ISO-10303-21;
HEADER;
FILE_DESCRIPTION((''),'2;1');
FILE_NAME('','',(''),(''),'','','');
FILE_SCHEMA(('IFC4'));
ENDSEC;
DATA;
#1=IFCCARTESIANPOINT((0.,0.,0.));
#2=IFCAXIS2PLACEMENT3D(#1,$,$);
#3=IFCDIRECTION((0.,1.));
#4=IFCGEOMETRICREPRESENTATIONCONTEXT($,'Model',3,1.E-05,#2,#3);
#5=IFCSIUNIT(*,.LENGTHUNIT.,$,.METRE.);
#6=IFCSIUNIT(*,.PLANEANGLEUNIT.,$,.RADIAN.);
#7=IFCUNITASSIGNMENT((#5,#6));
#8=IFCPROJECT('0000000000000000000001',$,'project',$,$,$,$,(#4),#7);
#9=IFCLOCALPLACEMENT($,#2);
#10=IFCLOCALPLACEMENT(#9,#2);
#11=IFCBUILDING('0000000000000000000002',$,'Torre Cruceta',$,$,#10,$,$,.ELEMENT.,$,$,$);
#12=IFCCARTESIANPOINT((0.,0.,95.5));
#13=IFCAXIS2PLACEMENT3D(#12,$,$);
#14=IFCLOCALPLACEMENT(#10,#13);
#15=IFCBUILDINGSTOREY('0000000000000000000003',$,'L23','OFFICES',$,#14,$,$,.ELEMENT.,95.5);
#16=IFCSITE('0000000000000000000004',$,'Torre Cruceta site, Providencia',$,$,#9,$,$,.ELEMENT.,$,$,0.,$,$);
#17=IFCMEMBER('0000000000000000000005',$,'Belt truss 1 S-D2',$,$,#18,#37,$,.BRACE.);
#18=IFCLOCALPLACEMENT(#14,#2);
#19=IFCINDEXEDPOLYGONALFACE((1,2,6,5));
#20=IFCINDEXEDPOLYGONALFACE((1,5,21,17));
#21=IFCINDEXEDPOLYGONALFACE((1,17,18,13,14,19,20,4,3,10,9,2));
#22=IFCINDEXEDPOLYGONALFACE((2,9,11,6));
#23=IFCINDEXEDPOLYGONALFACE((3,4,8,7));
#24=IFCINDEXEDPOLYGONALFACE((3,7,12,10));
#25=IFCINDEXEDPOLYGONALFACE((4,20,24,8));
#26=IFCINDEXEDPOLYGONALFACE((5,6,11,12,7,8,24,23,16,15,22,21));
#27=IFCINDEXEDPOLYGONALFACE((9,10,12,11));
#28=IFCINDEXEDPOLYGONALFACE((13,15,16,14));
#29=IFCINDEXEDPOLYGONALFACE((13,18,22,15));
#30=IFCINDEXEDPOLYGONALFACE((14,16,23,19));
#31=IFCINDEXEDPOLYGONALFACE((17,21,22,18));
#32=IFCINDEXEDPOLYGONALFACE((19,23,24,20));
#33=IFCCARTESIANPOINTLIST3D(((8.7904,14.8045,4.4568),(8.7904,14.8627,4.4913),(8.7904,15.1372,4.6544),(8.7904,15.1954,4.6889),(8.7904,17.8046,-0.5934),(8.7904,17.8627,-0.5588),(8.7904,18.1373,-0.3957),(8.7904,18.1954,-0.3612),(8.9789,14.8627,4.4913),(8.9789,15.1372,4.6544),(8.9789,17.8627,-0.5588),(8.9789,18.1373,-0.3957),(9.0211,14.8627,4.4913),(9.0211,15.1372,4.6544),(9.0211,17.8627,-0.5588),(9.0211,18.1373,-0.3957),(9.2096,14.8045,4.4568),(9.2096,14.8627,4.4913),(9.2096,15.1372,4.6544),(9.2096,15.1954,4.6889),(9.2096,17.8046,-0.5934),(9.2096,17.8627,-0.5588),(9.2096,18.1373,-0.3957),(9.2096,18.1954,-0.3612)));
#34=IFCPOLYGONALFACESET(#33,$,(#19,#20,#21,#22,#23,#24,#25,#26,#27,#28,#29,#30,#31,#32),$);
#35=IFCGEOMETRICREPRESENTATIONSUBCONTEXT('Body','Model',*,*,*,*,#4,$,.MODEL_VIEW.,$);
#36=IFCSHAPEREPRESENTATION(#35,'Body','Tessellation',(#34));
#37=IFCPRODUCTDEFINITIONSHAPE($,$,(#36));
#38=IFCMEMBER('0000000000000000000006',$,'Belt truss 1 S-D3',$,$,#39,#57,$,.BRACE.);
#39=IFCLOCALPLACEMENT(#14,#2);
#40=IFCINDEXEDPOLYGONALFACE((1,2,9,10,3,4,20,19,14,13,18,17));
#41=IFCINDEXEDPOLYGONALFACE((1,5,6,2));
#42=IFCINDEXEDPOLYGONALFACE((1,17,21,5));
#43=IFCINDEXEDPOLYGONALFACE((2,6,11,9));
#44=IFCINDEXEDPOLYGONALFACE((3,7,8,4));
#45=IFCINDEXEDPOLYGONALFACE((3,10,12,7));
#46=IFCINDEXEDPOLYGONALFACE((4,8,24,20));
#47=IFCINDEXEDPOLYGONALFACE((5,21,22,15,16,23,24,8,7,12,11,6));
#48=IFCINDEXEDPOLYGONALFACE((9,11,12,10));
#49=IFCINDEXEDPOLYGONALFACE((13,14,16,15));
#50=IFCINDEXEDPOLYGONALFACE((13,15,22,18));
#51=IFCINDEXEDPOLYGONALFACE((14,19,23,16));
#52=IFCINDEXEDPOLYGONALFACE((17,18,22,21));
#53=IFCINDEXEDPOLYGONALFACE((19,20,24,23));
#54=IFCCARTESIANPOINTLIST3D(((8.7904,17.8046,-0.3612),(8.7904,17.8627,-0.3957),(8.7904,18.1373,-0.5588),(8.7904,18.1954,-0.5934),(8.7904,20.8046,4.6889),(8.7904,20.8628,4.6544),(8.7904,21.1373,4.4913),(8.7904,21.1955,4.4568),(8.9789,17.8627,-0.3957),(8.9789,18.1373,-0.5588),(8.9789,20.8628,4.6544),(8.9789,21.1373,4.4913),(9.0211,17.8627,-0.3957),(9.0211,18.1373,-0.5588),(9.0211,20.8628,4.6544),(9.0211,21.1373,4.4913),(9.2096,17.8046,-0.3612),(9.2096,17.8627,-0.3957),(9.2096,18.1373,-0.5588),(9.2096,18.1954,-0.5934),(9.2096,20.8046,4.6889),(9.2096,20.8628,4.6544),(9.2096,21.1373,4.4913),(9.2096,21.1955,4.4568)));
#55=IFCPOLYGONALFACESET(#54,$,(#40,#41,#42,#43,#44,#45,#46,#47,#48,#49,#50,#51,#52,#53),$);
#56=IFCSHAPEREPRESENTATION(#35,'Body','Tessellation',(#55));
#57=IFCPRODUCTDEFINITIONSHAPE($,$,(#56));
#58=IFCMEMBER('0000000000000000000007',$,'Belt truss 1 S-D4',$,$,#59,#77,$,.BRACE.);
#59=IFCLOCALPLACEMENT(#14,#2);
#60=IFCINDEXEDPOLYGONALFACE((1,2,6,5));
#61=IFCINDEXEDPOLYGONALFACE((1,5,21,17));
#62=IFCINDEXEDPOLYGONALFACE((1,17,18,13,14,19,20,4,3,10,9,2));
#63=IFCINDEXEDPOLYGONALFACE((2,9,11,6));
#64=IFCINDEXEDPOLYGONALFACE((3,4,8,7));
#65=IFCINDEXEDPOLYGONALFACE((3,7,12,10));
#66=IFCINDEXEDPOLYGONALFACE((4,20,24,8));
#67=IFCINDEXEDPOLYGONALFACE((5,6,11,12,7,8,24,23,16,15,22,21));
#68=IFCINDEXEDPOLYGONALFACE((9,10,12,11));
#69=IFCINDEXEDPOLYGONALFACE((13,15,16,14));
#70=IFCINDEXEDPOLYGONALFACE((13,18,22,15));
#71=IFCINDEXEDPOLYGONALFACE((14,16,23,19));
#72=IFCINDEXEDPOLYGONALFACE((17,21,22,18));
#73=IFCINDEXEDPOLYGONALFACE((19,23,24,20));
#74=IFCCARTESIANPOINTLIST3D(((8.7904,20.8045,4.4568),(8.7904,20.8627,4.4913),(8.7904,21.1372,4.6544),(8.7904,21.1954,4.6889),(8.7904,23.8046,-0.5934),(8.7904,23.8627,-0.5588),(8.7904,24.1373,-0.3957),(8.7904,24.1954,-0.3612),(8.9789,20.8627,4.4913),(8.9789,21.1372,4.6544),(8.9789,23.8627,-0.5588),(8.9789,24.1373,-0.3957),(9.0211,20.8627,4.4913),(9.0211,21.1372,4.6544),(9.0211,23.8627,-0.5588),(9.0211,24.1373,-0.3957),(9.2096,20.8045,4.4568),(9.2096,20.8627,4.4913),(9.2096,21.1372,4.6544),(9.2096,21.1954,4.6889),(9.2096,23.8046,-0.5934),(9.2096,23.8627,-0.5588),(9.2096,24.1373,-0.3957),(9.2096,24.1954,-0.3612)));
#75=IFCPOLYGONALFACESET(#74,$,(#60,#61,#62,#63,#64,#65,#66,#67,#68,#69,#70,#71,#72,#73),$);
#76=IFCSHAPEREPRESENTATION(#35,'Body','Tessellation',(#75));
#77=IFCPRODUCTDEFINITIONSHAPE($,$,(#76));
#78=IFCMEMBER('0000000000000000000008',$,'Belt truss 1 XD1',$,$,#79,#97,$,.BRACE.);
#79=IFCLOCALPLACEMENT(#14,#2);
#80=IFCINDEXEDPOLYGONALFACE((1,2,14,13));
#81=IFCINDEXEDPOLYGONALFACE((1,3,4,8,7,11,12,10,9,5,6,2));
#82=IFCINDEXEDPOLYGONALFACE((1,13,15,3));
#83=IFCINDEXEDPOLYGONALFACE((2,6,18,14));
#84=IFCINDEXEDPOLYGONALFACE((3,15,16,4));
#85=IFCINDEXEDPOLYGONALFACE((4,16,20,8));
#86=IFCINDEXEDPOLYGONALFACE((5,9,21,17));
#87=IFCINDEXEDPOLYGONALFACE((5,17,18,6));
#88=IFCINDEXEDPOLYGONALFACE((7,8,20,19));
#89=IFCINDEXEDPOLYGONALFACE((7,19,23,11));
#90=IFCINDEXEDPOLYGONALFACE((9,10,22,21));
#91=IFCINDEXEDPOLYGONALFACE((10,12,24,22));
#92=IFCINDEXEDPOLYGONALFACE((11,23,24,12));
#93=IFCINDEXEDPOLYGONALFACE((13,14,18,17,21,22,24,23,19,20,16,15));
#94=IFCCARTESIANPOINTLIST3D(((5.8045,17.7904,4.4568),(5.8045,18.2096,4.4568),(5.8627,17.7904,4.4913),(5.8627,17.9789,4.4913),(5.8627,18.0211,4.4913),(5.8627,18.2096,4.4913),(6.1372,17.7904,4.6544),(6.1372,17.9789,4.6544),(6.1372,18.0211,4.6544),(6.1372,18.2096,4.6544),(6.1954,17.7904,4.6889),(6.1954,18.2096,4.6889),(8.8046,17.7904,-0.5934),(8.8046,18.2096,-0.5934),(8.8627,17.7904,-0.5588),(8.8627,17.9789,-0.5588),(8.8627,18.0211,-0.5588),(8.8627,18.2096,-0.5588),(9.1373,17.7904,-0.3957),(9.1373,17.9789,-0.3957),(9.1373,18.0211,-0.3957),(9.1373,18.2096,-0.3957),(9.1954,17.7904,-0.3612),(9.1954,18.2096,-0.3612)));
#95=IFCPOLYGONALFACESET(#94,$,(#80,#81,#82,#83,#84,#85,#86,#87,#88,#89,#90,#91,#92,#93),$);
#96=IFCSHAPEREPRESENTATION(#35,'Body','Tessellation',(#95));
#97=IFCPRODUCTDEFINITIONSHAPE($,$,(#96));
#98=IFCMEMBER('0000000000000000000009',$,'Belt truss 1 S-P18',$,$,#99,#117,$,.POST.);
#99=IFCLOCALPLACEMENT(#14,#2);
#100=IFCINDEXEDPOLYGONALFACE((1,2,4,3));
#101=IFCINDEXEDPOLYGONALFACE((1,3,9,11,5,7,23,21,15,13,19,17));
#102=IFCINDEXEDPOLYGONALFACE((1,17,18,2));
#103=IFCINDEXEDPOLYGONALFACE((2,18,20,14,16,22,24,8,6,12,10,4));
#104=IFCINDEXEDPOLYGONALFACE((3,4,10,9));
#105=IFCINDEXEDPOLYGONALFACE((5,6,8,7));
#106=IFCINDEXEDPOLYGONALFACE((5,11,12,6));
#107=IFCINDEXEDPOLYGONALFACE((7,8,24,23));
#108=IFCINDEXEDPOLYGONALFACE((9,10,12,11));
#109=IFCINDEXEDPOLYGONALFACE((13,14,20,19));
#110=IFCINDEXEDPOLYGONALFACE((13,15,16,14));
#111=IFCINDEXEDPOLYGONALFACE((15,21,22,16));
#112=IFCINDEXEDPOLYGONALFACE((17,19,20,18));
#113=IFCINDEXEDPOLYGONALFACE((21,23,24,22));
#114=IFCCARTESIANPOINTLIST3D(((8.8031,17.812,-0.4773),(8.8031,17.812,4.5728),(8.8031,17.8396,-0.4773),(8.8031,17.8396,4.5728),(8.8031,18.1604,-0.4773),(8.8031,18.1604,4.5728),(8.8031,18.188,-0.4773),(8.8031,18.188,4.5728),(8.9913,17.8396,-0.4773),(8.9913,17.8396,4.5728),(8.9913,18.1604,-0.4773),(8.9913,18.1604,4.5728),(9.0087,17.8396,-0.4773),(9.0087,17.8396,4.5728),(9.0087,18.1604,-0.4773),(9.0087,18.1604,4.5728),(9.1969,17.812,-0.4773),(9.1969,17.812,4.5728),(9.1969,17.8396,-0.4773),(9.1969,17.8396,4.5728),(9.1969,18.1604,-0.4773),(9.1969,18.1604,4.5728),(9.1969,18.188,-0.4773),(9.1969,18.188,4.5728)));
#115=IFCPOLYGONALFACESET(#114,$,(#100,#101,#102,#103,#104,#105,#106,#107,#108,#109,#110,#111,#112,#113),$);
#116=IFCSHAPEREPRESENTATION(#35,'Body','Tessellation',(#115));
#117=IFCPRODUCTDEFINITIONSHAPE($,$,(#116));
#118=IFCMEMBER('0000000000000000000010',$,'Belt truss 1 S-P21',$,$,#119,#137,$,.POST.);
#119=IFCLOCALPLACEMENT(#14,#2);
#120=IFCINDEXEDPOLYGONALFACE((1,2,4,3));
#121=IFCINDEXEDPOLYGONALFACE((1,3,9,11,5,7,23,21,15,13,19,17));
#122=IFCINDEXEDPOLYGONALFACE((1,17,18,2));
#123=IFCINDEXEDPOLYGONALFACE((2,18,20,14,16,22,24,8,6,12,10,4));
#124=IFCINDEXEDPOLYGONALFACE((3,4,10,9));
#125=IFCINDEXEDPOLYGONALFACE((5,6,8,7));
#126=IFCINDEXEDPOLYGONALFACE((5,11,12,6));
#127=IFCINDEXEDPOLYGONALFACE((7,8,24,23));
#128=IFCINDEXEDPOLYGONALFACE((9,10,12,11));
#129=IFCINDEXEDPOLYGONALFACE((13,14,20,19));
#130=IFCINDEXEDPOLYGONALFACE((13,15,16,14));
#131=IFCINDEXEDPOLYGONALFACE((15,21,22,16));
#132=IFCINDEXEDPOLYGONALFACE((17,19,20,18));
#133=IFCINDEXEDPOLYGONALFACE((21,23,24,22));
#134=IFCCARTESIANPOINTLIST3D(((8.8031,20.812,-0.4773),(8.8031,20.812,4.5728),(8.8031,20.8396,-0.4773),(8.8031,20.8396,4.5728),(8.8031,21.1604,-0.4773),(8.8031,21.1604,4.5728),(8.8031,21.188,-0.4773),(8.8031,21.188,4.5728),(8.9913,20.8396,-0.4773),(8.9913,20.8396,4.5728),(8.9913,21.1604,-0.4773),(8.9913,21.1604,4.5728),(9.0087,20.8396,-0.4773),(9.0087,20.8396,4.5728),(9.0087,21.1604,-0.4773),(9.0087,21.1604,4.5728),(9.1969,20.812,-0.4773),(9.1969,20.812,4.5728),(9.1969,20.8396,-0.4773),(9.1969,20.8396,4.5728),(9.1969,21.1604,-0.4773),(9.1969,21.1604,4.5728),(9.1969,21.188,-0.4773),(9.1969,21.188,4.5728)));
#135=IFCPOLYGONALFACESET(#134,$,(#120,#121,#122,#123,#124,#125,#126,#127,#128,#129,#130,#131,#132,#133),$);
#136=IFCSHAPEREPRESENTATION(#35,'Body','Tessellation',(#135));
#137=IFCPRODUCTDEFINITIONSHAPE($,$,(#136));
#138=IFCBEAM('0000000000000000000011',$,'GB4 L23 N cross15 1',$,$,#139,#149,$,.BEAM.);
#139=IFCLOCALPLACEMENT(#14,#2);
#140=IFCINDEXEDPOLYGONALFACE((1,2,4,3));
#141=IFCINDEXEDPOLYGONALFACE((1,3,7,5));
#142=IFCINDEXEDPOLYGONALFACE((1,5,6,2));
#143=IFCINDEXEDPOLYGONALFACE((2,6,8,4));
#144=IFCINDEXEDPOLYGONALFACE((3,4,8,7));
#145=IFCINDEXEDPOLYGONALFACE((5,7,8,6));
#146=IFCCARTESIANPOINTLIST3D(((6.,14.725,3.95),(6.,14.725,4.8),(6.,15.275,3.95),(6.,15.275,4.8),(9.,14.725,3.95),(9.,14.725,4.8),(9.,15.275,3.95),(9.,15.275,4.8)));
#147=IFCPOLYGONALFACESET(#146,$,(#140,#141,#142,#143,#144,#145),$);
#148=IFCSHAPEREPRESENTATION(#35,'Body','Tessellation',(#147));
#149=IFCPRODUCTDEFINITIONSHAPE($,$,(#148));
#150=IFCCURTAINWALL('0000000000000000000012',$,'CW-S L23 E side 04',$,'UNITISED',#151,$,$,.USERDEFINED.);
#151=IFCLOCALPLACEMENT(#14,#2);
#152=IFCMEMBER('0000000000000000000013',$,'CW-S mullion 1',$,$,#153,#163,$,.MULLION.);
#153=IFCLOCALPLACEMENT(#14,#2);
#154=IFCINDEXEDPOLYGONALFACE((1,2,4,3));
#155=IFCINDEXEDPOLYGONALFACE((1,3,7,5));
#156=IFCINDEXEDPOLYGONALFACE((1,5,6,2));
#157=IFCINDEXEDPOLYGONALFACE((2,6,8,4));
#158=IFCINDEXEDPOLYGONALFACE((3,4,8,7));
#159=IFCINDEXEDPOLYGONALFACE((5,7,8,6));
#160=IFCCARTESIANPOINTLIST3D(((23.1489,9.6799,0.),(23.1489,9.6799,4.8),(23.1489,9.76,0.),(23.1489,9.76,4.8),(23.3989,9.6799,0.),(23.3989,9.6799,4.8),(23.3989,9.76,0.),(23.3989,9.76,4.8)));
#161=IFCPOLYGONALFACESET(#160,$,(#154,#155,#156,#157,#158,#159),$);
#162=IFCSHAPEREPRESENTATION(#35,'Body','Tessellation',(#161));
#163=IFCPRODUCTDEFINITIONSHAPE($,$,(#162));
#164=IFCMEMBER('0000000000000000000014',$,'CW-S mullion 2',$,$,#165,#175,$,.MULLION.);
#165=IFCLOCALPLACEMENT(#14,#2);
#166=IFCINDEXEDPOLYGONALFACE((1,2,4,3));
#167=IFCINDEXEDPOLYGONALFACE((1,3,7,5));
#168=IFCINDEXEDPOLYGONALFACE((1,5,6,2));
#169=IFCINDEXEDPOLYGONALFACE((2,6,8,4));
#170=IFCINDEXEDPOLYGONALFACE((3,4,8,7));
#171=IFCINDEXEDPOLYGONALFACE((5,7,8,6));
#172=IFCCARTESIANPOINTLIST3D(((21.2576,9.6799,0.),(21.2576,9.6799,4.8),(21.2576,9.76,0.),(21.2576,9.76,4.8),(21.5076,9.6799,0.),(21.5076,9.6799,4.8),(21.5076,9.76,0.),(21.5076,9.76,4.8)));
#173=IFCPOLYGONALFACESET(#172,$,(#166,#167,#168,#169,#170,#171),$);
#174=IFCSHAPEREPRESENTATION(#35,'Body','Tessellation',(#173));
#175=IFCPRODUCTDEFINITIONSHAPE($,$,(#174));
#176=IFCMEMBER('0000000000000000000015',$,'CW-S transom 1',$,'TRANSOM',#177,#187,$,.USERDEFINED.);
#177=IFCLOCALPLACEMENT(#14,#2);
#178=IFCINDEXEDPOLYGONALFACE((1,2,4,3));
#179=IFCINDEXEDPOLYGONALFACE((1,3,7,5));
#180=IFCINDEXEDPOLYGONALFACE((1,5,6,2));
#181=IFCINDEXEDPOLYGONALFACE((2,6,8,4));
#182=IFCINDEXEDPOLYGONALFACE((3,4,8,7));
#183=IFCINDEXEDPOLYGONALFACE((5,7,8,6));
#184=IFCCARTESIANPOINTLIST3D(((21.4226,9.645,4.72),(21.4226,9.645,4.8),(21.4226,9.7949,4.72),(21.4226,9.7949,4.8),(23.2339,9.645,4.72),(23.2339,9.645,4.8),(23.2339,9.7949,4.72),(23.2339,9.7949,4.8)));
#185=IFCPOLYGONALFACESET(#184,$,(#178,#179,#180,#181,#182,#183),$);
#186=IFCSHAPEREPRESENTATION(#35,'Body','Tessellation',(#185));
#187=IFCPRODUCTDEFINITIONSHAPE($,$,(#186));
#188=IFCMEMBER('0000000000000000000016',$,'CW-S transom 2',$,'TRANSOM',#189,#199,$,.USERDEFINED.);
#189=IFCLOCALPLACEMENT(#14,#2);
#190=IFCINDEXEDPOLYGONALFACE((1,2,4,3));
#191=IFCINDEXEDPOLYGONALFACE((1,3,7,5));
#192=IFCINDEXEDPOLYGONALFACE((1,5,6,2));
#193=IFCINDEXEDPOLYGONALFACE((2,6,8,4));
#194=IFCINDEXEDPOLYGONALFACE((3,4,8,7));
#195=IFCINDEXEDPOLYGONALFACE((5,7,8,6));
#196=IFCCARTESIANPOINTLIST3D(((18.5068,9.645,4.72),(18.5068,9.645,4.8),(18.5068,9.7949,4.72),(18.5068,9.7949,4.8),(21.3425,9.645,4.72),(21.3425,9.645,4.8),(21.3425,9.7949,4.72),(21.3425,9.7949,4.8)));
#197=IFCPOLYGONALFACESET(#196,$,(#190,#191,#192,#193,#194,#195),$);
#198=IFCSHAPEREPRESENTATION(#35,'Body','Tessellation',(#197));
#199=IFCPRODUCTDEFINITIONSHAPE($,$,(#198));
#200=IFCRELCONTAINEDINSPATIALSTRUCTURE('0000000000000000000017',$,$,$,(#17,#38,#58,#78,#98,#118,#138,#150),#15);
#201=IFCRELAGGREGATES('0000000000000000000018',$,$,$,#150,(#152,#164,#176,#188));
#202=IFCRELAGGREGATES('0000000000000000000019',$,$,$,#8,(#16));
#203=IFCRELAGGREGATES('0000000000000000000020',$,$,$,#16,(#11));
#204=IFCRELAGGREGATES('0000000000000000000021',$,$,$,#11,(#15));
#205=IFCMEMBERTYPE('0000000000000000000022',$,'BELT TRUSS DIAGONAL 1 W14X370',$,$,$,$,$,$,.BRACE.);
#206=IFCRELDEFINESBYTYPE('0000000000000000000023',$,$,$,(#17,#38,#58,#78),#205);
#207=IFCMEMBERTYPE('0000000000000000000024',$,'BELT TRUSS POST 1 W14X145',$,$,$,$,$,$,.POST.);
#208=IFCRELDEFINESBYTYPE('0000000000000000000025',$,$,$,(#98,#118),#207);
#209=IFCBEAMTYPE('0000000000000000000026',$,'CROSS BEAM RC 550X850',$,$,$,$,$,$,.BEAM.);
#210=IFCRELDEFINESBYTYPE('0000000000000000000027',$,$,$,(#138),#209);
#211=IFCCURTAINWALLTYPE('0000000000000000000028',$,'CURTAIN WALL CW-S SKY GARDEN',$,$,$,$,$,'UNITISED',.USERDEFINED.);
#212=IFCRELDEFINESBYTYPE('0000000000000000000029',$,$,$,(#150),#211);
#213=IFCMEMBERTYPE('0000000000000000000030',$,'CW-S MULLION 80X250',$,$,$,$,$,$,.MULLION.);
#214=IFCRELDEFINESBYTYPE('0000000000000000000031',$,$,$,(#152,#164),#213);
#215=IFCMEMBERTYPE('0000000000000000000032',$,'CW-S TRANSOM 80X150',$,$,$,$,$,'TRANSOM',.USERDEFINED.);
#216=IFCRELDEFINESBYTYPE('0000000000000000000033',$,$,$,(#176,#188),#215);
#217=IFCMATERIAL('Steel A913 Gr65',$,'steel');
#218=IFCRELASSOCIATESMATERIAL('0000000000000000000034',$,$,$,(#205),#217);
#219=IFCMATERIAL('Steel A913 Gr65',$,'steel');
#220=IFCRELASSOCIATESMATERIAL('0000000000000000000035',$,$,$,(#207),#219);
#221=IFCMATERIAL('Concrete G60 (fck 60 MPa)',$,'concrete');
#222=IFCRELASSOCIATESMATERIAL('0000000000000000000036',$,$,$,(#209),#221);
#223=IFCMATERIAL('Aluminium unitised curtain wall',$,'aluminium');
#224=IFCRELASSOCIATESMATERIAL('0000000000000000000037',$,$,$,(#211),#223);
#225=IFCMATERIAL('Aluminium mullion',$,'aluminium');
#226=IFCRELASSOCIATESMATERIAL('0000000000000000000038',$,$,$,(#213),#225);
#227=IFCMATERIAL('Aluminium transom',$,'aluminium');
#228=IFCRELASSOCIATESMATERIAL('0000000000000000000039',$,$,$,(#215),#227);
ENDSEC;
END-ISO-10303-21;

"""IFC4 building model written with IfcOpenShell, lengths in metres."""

from ifc_helpers import new_model, si_unit, direction, frame, origin, origin_2d, place, context, subcontext, project, spatial, rectangle, i_section, extrude, material, material_profile, profile_set, type_object, element, aggregate, save


model = new_model("IFC4")

# Units and contexts
model_context = context("Model", 3, precision=1e-05, world=origin(), true_north=direction((0.0, 1.0)))
body_context = subcontext(model_context, "Body", "Model", "MODEL_VIEW")
ifc_project = project(units=[si_unit("LENGTHUNIT", "METRE"), si_unit("PLANEANGLEUNIT", "RADIAN")], contexts=[model_context])

# Site, building, storey
site_placement = place(None, origin())
site = spatial("IfcSite", under=ifc_project, at=site_placement, Name="Torre Cruceta site, Providencia", CompositionType="ELEMENT", RefElevation=0.0)
building_placement = place(site_placement, origin())
building = spatial("IfcBuilding", under=site, at=building_placement, Name="Torre Cruceta", CompositionType="ELEMENT")
storey_placement = place(building_placement, frame((0.0, 0.0, 95.5)))
storey = spatial("IfcBuildingStorey", under=building, at=storey_placement, Name="L23", Description="OFFICES", CompositionType="ELEMENT", Elevation=95.5)

# Members
ifc_material_1 = material(Name="Steel A913 Gr65", Category="steel")
ifc_material_profile_1 = material_profile(ifc_material_1, i_section(OverallWidth=0.4192, OverallDepth=0.4546, WebThickness=0.0422, FlangeThickness=0.0676, at=origin_2d()), Name="W14X370")
ifc_profile_set_1 = profile_set([ifc_material_profile_1], Name="Steel A913 Gr65")
member_type_1 = type_object("IfcMemberType", Name="BELT TRUSS DIAGONAL 1 W14X370", PredefinedType="BRACE", material=ifc_profile_set_1)
for number, where, z_axis, x_axis, name in (
    (1, (9.0, 18.0, -0.4773), (0.0, -0.510732, 0.85974), (1.0, 0.0, 0.0), "Belt truss 1 S-D2"),
    (2, (9.0, 18.0, -0.4773), (0.0, 0.510732, 0.85974), (-1.0, 0.0, 0.0), "Belt truss 1 S-D3"),
    (3, (9.0, 24.0, -0.4773), (0.0, -0.510732, 0.85974), (1.0, 0.0, 0.0), "Belt truss 1 S-D4"),
    (4, (9.0, 18.0, -0.4773), (-0.510732, 0.0, 0.85974), (0.0, -1.0, 0.0), "Belt truss 1 XD1"),
):
    element("IfcMember", number, at=place(storey_placement, frame(where, z_axis=z_axis, x_axis=x_axis)), inside=storey, type_object=member_type_1, Name=name, PredefinedType="BRACE", context=body_context, shape_type="SweptSolid", body=[
        extrude(i_section(OverallWidth=0.4192, OverallDepth=0.4546, WebThickness=0.0422, FlangeThickness=0.0676, at=origin_2d()), origin(), (0.0, 0.0, 1.0), 5.874),
    ])
ifc_material_2 = material(Name="Steel A913 Gr65", Category="steel")
ifc_material_profile_2 = material_profile(ifc_material_2, i_section(OverallWidth=0.3938, OverallDepth=0.376, WebThickness=0.0173, FlangeThickness=0.0276, at=origin_2d()), Name="W14X145")
ifc_profile_set_2 = profile_set([ifc_material_profile_2], Name="Steel A913 Gr65")
member_type_2 = type_object("IfcMemberType", Name="BELT TRUSS POST 1 W14X145", PredefinedType="POST", material=ifc_profile_set_2)
for number, where, z_axis, x_axis, name in (
    (5, (9.0, 18.0, -0.4773), (0.0, 0.0, 1.0), (1.0, 0.0, 0.0), "Belt truss 1 S-P18"),
    (6, (9.0, 21.0, -0.4773), (0.0, 0.0, 1.0), (1.0, 0.0, 0.0), "Belt truss 1 S-P21"),
):
    element("IfcMember", number, at=place(storey_placement, frame(where, z_axis=z_axis, x_axis=x_axis)), inside=storey, type_object=member_type_2, Name=name, PredefinedType="POST", context=body_context, shape_type="SweptSolid", body=[
        extrude(i_section(OverallWidth=0.3938, OverallDepth=0.376, WebThickness=0.0173, FlangeThickness=0.0276, at=origin_2d()), origin(), (0.0, 0.0, 1.0), 5.05),
    ])

# Beam
ifc_material_3 = material(Name="Concrete G60 (fck 60 MPa)", Category="concrete")
ifc_material_profile_3 = material_profile(ifc_material_3, rectangle(XDim=0.55, YDim=0.8501, at=origin_2d()), Name="RC 550X850")
ifc_profile_set_3 = profile_set([ifc_material_profile_3], Name="Concrete G60 (fck 60 MPa)")
beam_type_1 = type_object("IfcBeamType", Name="CROSS BEAM RC 550X850", PredefinedType="BEAM", material=ifc_profile_set_3)
beam_1_placement = place(storey_placement, frame((9.0, 15.0, 4.375), z_axis=(-1.0, 0.0, 0.0), x_axis=(0.0, -1.0, 0.0)))
element("IfcBeam", 7, at=beam_1_placement, inside=storey, type_object=beam_type_1, Name="GB4 L23 N cross15 1", PredefinedType="BEAM", context=body_context, shape_type="SweptSolid", body=[
    extrude(rectangle(XDim=0.55, YDim=0.8501, at=origin_2d()), origin(), (0.0, 0.0, 1.0), 3.0),
])

# Curtain wall, members
ifc_material_4 = material(Name="Aluminium unitised curtain wall", Category="aluminium")
curtain_wall_type = type_object("IfcCurtainWallType", Name="CURTAIN WALL CW-S SKY GARDEN", ElementType="UNITISED", PredefinedType="USERDEFINED", material=ifc_material_4)
curtain_wall_placement = place(storey_placement, origin())
curtain_wall = element("IfcCurtainWall", 8, at=curtain_wall_placement, inside=storey, type_object=curtain_wall_type, Name="CW-S L23 E side 04", ObjectType="UNITISED", PredefinedType="USERDEFINED")
ifc_material_5 = material(Name="Aluminium mullion", Category="aluminium")
ifc_material_profile_4 = material_profile(ifc_material_5, rectangle(XDim=0.0801, YDim=0.25, at=origin_2d()), Name="AL 80X250")
ifc_profile_set_4 = profile_set([ifc_material_profile_4], Name="Aluminium mullion")
member_type_3 = type_object("IfcMemberType", Name="CW-S MULLION 80X250", PredefinedType="MULLION", material=ifc_profile_set_4)
member_1_placement = place(storey_placement, frame((23.2739, 9.72, 0.0), z_axis=(0.0, 0.0, 1.0), x_axis=(0.0, -1.0, 0.0)))
member_1 = element("IfcMember", 9, at=member_1_placement, type_object=member_type_3, Name="CW-S mullion 1", PredefinedType="MULLION", context=body_context, shape_type="SweptSolid", body=[
    extrude(rectangle(XDim=0.0801, YDim=0.25, at=origin_2d()), origin(), (0.0, 0.0, 1.0), 4.8),
])
member_2_placement = place(storey_placement, frame((21.3826, 9.72, 0.0), z_axis=(0.0, 0.0, 1.0), x_axis=(0.0, -1.0, 0.0)))
member_2 = element("IfcMember", 10, at=member_2_placement, type_object=member_type_3, Name="CW-S mullion 2", PredefinedType="MULLION", context=body_context, shape_type="SweptSolid", body=[
    extrude(rectangle(XDim=0.0801, YDim=0.25, at=origin_2d()), origin(), (0.0, 0.0, 1.0), 4.8),
])
ifc_material_6 = material(Name="Aluminium transom", Category="aluminium")
ifc_material_profile_5 = material_profile(ifc_material_6, rectangle(XDim=0.1499, YDim=0.0801, at=origin_2d()), Name="AL 150X80")
ifc_profile_set_5 = profile_set([ifc_material_profile_5], Name="Aluminium transom")
member_type_4 = type_object("IfcMemberType", Name="CW-S TRANSOM 80X150", ElementType="TRANSOM", PredefinedType="USERDEFINED", material=ifc_profile_set_5)
member_3_placement = place(storey_placement, frame((23.2339, 9.72, 4.76), z_axis=(-1.0, 0.0, 0.0), x_axis=(0.0, -1.0, 0.0)))
member_3 = element("IfcMember", 11, at=member_3_placement, type_object=member_type_4, Name="CW-S transom 1", ObjectType="TRANSOM", PredefinedType="USERDEFINED", context=body_context, shape_type="SweptSolid", body=[
    extrude(rectangle(XDim=0.1499, YDim=0.0801, at=origin_2d()), origin(), (0.0, 0.0, 1.0), 1.8113),
])
member_4_placement = place(storey_placement, frame((21.3425, 9.72, 4.76), z_axis=(-1.0, 0.0, 0.0), x_axis=(0.0, -1.0, 0.0)))
member_4 = element("IfcMember", 12, at=member_4_placement, type_object=member_type_4, Name="CW-S transom 2", ObjectType="TRANSOM", PredefinedType="USERDEFINED", context=body_context, shape_type="SweptSolid", body=[
    extrude(rectangle(XDim=0.1499, YDim=0.0801, at=origin_2d()), origin(), (0.0, 0.0, 1.0), 2.8357),
])

aggregate(curtain_wall, [member_1, member_2, member_3, member_4])

save(model, "model.ifc")
